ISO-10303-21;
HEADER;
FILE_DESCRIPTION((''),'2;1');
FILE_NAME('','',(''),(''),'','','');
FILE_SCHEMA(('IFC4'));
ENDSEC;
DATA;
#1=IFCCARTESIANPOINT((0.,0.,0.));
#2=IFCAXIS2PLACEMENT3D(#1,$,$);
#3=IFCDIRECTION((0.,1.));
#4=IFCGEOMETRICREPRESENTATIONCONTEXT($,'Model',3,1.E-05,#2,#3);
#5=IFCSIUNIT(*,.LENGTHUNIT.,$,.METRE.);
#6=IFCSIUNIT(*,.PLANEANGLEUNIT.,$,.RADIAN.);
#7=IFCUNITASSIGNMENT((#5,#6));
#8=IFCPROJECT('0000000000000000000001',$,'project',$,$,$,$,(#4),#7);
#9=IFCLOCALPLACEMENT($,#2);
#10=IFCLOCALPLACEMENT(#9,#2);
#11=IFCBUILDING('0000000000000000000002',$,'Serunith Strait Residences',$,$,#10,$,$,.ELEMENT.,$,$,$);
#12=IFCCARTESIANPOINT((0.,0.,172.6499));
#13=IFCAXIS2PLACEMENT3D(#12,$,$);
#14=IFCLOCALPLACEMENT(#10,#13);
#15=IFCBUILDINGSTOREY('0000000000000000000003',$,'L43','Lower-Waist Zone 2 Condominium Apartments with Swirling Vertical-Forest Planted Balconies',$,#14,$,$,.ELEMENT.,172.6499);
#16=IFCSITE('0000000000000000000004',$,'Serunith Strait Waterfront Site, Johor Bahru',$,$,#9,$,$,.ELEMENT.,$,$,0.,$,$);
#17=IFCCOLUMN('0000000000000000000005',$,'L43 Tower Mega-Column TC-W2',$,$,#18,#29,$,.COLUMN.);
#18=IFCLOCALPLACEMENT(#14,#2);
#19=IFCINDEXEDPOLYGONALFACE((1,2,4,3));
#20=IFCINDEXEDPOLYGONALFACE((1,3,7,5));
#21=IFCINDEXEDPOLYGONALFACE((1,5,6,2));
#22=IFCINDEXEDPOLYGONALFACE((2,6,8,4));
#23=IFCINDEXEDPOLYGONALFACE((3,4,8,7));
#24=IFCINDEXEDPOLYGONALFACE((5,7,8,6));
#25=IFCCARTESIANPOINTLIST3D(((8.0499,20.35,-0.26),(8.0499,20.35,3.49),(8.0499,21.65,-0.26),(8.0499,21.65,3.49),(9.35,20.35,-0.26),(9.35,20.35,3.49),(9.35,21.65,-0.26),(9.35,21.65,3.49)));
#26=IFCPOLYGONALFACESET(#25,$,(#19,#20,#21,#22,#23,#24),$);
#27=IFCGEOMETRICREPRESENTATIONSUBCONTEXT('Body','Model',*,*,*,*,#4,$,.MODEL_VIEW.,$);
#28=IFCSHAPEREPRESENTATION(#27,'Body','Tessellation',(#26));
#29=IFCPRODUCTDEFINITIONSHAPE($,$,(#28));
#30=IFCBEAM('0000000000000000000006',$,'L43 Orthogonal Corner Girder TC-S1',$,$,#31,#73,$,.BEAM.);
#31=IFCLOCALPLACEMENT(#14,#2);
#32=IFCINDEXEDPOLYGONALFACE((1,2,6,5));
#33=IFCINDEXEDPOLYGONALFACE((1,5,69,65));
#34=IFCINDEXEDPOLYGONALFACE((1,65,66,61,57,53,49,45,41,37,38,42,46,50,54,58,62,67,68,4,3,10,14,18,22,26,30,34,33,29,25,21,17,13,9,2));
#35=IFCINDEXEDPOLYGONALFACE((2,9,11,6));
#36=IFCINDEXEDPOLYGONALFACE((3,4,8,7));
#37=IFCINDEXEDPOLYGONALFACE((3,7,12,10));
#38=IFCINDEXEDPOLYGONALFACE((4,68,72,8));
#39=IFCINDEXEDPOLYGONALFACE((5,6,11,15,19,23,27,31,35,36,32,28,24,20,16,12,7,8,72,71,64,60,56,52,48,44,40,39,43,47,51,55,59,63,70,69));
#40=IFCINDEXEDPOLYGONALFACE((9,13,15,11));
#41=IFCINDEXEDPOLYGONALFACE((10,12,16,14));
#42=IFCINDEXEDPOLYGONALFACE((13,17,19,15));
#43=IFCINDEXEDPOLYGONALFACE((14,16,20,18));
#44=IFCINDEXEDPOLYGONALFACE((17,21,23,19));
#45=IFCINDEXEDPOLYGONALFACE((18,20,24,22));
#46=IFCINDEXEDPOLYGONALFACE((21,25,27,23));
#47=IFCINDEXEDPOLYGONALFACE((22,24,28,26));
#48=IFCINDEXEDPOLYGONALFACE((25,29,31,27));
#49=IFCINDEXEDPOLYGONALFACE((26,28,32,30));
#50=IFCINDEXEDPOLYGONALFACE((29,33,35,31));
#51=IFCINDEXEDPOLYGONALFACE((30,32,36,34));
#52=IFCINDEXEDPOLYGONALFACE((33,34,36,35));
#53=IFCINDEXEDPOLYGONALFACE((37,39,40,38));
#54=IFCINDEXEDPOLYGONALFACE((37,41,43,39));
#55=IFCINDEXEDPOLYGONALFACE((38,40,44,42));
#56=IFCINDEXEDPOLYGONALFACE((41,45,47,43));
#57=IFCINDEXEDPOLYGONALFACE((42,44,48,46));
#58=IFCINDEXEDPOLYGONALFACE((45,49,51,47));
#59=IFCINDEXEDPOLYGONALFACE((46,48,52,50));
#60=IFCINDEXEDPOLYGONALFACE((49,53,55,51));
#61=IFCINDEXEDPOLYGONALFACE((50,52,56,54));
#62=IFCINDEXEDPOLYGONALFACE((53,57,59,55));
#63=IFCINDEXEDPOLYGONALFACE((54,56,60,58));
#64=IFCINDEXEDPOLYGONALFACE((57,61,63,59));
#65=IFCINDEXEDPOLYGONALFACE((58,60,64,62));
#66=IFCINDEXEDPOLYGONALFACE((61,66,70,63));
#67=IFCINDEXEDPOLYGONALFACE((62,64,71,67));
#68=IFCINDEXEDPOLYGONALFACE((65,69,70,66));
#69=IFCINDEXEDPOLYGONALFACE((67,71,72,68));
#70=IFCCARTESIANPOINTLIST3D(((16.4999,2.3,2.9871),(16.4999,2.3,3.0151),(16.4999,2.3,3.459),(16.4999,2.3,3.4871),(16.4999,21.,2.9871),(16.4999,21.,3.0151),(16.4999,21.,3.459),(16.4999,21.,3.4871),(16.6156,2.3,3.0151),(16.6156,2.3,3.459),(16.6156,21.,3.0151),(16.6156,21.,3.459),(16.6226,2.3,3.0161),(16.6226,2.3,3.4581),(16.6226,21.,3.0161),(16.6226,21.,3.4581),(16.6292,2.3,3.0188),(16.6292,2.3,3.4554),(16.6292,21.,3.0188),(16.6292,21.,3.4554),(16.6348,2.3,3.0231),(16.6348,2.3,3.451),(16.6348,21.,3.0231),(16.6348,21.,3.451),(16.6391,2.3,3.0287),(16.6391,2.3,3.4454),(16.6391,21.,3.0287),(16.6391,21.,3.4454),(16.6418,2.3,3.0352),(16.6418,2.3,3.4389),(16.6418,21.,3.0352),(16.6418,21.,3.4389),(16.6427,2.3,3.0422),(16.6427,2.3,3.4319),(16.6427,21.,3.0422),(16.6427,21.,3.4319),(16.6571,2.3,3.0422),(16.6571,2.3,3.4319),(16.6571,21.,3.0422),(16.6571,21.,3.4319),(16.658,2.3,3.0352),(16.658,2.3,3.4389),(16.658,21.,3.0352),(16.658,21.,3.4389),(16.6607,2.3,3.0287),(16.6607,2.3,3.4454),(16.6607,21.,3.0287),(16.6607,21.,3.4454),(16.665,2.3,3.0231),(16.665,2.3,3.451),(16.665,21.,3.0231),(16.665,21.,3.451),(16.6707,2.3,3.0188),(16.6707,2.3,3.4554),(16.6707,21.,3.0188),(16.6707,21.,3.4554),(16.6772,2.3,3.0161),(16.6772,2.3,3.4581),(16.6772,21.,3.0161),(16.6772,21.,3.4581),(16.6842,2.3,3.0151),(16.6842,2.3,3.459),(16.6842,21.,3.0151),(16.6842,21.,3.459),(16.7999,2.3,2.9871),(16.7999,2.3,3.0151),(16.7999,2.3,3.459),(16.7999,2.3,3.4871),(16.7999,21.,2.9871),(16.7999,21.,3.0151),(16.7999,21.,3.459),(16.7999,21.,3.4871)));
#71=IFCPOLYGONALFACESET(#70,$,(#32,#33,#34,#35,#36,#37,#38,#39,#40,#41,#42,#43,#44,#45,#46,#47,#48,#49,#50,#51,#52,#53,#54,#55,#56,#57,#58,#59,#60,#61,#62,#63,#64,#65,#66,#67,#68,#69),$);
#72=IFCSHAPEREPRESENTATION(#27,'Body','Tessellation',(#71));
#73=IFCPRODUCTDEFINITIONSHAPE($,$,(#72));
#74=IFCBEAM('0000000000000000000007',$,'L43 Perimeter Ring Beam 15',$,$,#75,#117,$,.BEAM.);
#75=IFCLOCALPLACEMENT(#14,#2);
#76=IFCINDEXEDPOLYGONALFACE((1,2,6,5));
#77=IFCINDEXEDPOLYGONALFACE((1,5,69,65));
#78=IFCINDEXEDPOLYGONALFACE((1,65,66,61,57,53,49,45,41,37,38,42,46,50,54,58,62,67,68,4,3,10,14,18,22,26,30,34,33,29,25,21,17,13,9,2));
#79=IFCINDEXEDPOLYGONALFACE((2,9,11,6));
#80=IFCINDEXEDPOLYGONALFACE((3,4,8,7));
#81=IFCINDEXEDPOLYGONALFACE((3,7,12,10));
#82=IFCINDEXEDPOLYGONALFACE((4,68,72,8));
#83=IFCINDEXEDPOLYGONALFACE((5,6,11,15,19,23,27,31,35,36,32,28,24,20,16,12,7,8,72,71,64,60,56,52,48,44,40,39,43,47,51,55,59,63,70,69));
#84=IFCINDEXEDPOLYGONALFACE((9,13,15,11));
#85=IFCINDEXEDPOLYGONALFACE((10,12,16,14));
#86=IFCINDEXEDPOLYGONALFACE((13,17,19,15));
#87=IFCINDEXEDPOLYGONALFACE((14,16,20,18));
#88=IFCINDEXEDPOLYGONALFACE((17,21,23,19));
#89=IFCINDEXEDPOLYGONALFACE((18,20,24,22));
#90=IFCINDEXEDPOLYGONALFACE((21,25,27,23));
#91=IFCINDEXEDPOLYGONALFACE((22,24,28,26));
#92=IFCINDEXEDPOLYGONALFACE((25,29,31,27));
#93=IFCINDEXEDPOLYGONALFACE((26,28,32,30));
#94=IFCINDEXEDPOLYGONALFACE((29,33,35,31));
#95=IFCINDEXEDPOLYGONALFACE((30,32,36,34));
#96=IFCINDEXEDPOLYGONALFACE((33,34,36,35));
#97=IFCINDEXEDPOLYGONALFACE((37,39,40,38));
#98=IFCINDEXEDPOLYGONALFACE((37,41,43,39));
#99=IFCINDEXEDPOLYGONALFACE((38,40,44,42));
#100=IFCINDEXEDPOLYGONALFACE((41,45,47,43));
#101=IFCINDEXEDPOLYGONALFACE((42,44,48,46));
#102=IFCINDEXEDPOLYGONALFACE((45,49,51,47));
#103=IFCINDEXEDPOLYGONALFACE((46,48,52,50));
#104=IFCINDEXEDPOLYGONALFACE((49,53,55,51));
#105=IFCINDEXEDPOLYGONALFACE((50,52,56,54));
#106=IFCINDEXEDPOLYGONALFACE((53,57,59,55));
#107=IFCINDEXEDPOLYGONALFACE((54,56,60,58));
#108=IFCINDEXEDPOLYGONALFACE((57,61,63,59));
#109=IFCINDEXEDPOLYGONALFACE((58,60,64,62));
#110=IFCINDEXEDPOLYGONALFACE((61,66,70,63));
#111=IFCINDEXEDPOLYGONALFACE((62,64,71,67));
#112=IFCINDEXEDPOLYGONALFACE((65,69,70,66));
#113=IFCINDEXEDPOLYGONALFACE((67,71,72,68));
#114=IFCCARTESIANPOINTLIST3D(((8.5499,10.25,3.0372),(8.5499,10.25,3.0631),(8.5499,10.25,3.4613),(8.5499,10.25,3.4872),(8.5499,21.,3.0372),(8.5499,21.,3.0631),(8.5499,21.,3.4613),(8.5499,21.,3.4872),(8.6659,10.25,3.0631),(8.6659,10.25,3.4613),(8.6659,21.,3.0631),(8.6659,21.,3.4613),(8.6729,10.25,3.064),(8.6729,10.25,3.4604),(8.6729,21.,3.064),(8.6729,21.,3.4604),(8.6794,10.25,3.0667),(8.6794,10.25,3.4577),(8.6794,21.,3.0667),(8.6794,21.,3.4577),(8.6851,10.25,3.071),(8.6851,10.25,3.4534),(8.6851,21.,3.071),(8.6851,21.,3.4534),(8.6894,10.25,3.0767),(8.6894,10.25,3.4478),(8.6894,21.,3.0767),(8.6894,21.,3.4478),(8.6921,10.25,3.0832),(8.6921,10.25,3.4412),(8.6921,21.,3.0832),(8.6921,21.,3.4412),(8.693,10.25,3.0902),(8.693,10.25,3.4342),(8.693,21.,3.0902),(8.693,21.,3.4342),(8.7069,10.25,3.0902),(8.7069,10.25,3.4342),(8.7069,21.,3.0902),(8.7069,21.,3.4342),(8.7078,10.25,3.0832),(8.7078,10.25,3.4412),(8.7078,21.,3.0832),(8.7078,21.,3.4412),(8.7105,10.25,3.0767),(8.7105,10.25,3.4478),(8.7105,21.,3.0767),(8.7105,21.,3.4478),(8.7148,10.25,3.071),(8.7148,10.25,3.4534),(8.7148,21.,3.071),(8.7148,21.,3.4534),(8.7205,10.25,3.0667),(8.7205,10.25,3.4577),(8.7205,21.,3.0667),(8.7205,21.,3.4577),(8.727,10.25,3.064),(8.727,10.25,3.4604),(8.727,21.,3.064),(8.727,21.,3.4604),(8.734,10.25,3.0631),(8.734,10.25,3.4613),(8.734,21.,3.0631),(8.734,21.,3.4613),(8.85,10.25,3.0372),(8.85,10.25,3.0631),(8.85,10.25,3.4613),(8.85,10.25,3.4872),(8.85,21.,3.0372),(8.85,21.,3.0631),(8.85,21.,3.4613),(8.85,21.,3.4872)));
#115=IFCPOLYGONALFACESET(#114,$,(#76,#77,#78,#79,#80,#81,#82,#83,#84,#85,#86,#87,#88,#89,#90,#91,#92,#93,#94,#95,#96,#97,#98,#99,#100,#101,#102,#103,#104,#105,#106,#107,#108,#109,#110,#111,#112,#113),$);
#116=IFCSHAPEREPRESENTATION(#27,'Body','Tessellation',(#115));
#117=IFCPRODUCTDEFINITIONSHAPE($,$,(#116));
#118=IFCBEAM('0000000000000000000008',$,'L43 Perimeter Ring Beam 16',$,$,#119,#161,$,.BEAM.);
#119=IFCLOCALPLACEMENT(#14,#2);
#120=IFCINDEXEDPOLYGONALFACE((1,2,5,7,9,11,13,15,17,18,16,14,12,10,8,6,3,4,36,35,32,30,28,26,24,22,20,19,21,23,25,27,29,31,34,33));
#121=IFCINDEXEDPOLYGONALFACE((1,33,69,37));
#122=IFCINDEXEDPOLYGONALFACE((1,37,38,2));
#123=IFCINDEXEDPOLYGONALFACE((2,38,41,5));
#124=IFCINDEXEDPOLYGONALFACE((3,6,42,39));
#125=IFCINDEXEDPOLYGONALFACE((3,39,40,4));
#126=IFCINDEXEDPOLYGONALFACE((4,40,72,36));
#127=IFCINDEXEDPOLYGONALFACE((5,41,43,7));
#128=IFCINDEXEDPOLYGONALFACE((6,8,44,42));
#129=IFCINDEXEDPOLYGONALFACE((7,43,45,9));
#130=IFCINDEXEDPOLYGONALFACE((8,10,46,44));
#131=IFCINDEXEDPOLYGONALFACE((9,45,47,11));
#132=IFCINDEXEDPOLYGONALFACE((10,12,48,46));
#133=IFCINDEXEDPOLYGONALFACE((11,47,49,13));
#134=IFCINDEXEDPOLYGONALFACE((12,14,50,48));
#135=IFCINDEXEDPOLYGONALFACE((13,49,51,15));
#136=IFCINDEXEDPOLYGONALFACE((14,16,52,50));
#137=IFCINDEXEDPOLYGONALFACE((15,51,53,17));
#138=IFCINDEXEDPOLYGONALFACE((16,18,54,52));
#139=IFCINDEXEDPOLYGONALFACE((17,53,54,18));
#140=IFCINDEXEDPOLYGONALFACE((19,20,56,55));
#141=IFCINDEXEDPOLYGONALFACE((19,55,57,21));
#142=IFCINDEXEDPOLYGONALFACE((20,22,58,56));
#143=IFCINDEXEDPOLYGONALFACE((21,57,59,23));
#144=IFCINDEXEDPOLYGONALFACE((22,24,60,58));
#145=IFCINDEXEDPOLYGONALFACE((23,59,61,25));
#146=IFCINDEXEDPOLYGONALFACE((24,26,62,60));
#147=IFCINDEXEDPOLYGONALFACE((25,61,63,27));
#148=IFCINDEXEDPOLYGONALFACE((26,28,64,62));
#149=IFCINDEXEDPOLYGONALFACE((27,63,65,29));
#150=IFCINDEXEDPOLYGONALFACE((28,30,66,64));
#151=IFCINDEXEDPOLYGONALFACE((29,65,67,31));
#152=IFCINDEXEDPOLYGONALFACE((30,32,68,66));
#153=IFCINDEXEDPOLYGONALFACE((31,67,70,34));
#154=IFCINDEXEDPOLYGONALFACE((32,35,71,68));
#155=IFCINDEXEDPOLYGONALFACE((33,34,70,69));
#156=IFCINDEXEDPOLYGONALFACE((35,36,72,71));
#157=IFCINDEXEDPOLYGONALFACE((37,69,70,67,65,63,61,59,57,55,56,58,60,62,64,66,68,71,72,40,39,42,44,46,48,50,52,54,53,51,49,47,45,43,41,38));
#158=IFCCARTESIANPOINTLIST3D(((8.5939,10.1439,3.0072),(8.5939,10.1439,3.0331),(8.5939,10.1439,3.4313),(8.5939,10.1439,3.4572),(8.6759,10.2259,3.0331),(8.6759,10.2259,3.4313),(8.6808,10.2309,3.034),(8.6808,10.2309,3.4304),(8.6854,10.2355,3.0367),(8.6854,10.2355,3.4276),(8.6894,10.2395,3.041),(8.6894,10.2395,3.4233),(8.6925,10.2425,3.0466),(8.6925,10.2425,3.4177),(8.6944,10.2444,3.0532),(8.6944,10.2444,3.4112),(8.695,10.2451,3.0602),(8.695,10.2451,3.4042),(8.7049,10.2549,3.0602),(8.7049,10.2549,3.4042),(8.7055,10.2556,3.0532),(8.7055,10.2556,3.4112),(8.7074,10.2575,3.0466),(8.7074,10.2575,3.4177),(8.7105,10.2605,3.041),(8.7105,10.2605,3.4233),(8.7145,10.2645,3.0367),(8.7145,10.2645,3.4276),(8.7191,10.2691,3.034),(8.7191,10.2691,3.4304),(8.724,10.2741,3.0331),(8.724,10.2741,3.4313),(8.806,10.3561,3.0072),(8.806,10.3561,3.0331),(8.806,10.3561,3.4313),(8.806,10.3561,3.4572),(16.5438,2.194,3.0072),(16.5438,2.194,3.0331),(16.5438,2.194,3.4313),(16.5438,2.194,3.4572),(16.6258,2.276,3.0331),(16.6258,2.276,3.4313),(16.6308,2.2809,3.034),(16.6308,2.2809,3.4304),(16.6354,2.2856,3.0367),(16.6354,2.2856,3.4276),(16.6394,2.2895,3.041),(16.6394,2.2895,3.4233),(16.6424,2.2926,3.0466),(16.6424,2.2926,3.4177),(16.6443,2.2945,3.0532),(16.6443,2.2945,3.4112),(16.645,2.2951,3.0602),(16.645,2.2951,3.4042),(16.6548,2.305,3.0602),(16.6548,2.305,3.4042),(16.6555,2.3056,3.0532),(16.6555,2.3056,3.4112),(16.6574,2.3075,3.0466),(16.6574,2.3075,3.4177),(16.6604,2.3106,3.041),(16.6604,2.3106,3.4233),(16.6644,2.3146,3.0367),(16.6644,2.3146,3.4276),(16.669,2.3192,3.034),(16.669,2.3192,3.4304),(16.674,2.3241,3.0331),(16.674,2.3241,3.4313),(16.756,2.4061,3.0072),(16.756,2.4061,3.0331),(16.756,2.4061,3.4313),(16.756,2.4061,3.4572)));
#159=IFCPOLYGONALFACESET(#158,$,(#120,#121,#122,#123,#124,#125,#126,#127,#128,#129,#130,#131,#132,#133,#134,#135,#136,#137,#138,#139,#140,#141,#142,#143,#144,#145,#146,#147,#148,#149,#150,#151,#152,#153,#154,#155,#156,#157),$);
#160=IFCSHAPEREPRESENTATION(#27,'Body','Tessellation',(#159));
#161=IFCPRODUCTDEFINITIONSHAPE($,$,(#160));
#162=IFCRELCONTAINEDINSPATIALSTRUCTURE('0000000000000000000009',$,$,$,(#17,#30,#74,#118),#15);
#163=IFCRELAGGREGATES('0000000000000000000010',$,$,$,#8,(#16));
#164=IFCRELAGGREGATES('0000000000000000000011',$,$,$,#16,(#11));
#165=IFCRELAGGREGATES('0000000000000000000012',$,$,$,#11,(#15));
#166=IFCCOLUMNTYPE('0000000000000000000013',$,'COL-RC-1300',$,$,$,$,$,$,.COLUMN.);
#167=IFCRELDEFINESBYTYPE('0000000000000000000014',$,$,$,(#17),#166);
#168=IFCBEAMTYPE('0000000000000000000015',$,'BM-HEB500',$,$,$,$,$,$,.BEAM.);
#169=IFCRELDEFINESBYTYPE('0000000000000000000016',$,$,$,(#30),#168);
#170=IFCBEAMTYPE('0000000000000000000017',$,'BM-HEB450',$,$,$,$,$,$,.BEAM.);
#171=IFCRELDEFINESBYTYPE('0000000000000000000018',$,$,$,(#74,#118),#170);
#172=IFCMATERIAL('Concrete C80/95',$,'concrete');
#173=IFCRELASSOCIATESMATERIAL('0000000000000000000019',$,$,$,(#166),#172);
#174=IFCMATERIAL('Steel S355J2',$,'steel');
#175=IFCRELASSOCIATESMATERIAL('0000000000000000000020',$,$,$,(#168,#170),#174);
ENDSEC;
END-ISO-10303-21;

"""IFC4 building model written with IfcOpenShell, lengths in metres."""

from ifc_helpers import new_model, si_unit, direction, frame, origin, origin_2d, place, context, subcontext, project, spatial, rectangle, i_section, extrude, source, transform, mapped, material, material_profile, profile_set, type_object, element, save


model = new_model("IFC4")

# Units and contexts
model_context = context("Model", 3, precision=1e-05, world=origin(), true_north=direction((0.0, 1.0)))
body_context = subcontext(model_context, "Body", "Model", "MODEL_VIEW")
ifc_project = project(units=[si_unit("LENGTHUNIT", "METRE"), si_unit("PLANEANGLEUNIT", "RADIAN")], contexts=[model_context])

# Site, building, storey
site_placement = place(None, origin())
site = spatial("IfcSite", under=ifc_project, at=site_placement, Name="Serunith Strait Waterfront Site, Johor Bahru", CompositionType="ELEMENT", RefElevation=0.0)
building_placement = place(site_placement, origin())
building = spatial("IfcBuilding", under=site, at=building_placement, Name="Serunith Strait Residences", CompositionType="ELEMENT")
storey_placement = place(building_placement, frame((0.0, 0.0, 172.6499)))
storey = spatial("IfcBuildingStorey", under=building, at=storey_placement, Name="L43", Description="Lower-Waist Zone 2 Condominium Apartments with Swirling Vertical-Forest Planted Balconies", CompositionType="ELEMENT", Elevation=172.6499)

# Column
ifc_material_1 = material(Name="Concrete C80/95", Category="concrete")
ifc_material_profile_1 = material_profile(ifc_material_1, rectangle(XDim=1.3, YDim=1.3, at=origin_2d()), Name="RC 1300x1300")
ifc_profile_set_1 = profile_set([ifc_material_profile_1], Name="Concrete C80/95")
column_type = type_object("IfcColumnType", Name="COL-RC-1300", PredefinedType="COLUMN", material=ifc_profile_set_1)
shared_shape_1 = source(origin(), body_context, "Body", "SweptSolid", [
    extrude(rectangle(XDim=1.3, YDim=1.3, at=origin_2d()), origin(), (0.0, 0.0, 1.0), 3.75),
])
column_placement = place(storey_placement, frame((8.7, 21.0, -0.26), z_axis=(0.0, 0.0, 1.0), x_axis=(1.0, 0.0, 0.0)))
element("IfcColumn", 1, at=column_placement, inside=storey, type_object=column_type, Name="L43 Tower Mega-Column TC-W2", PredefinedType="COLUMN", context=body_context, shape_type="MappedRepresentation", body=[
    mapped(shared_shape_1, transform((0.0, 0.0, 0.0), scale=1.0)),
])

# Beams
ifc_material_2 = material(Name="Steel S355J2", Category="steel")
ifc_material_profile_2 = material_profile(ifc_material_2, i_section(OverallWidth=0.3, OverallDepth=0.5, WebThickness=0.0144, FlangeThickness=0.0281, FilletRadius=0.0271, at=origin_2d()), Name="HEB 500")
ifc_profile_set_2 = profile_set([ifc_material_profile_2], Name="Steel S355J2")
beam_type_1 = type_object("IfcBeamType", Name="BM-HEB500", PredefinedType="BEAM", material=ifc_profile_set_2)
shared_shape_2 = source(origin(), body_context, "Body", "SweptSolid", [
    extrude(i_section(OverallWidth=0.3, OverallDepth=0.5, WebThickness=0.0144, FlangeThickness=0.0281, FilletRadius=0.0271, at=origin_2d()), origin(), (0.0, 0.0, 1.0), 18.7),
])
beam_1_placement = place(storey_placement, frame((16.6499, 21.0, 3.2371), z_axis=(0.0, -1.0, 0.0), x_axis=(1.0, 0.0, 0.0)))
element("IfcBeam", 2, at=beam_1_placement, inside=storey, type_object=beam_type_1, Name="L43 Orthogonal Corner Girder TC-S1", PredefinedType="BEAM", context=body_context, shape_type="MappedRepresentation", body=[
    mapped(shared_shape_2, transform((0.0, 0.0, 0.0), scale=1.0)),
])
ifc_material_profile_3 = material_profile(ifc_material_2, i_section(OverallWidth=0.3, OverallDepth=0.45, WebThickness=0.0139, FlangeThickness=0.0259, FilletRadius=0.0271, at=origin_2d()), Name="HEB 450")
ifc_profile_set_3 = profile_set([ifc_material_profile_3], Name="Steel S355J2")
beam_type_2 = type_object("IfcBeamType", Name="BM-HEB450", PredefinedType="BEAM", material=ifc_profile_set_3)
shared_shape_3 = source(origin(), body_context, "Body", "SweptSolid", [
    extrude(i_section(OverallWidth=0.3, OverallDepth=0.45, WebThickness=0.0139, FlangeThickness=0.0259, FilletRadius=0.0271, at=origin_2d()), origin(), (0.0, 0.0, 1.0), 10.75),
])
beam_2_placement = place(storey_placement, frame((8.7, 21.0, 3.2622), z_axis=(0.0, -1.0, 0.0), x_axis=(1.0, 0.0, 0.0)))
element("IfcBeam", 3, at=beam_2_placement, inside=storey, type_object=beam_type_2, Name="L43 Perimeter Ring Beam 15", PredefinedType="BEAM", context=body_context, shape_type="MappedRepresentation", body=[
    mapped(shared_shape_3, transform((0.0, 0.0, 0.0), scale=1.0)),
])
shared_shape_4 = source(origin(), body_context, "Body", "SweptSolid", [
    extrude(i_section(OverallWidth=0.3, OverallDepth=0.45, WebThickness=0.0139, FlangeThickness=0.0259, FilletRadius=0.0271, at=origin_2d()), origin(), (0.0, 0.0, 1.0), 11.2429),
])
beam_3_placement = place(storey_placement, frame((8.7, 10.25, 3.2322), z_axis=(0.707107, -0.707107, 0.0), x_axis=(0.707107, 0.707107, 0.0)))
element("IfcBeam", 4, at=beam_3_placement, inside=storey, type_object=beam_type_2, Name="L43 Perimeter Ring Beam 16", PredefinedType="BEAM", context=body_context, shape_type="MappedRepresentation", body=[
    mapped(shared_shape_4, transform((0.0, 0.0, 0.0), scale=1.0)),
])

save(model, "model.ifc")
